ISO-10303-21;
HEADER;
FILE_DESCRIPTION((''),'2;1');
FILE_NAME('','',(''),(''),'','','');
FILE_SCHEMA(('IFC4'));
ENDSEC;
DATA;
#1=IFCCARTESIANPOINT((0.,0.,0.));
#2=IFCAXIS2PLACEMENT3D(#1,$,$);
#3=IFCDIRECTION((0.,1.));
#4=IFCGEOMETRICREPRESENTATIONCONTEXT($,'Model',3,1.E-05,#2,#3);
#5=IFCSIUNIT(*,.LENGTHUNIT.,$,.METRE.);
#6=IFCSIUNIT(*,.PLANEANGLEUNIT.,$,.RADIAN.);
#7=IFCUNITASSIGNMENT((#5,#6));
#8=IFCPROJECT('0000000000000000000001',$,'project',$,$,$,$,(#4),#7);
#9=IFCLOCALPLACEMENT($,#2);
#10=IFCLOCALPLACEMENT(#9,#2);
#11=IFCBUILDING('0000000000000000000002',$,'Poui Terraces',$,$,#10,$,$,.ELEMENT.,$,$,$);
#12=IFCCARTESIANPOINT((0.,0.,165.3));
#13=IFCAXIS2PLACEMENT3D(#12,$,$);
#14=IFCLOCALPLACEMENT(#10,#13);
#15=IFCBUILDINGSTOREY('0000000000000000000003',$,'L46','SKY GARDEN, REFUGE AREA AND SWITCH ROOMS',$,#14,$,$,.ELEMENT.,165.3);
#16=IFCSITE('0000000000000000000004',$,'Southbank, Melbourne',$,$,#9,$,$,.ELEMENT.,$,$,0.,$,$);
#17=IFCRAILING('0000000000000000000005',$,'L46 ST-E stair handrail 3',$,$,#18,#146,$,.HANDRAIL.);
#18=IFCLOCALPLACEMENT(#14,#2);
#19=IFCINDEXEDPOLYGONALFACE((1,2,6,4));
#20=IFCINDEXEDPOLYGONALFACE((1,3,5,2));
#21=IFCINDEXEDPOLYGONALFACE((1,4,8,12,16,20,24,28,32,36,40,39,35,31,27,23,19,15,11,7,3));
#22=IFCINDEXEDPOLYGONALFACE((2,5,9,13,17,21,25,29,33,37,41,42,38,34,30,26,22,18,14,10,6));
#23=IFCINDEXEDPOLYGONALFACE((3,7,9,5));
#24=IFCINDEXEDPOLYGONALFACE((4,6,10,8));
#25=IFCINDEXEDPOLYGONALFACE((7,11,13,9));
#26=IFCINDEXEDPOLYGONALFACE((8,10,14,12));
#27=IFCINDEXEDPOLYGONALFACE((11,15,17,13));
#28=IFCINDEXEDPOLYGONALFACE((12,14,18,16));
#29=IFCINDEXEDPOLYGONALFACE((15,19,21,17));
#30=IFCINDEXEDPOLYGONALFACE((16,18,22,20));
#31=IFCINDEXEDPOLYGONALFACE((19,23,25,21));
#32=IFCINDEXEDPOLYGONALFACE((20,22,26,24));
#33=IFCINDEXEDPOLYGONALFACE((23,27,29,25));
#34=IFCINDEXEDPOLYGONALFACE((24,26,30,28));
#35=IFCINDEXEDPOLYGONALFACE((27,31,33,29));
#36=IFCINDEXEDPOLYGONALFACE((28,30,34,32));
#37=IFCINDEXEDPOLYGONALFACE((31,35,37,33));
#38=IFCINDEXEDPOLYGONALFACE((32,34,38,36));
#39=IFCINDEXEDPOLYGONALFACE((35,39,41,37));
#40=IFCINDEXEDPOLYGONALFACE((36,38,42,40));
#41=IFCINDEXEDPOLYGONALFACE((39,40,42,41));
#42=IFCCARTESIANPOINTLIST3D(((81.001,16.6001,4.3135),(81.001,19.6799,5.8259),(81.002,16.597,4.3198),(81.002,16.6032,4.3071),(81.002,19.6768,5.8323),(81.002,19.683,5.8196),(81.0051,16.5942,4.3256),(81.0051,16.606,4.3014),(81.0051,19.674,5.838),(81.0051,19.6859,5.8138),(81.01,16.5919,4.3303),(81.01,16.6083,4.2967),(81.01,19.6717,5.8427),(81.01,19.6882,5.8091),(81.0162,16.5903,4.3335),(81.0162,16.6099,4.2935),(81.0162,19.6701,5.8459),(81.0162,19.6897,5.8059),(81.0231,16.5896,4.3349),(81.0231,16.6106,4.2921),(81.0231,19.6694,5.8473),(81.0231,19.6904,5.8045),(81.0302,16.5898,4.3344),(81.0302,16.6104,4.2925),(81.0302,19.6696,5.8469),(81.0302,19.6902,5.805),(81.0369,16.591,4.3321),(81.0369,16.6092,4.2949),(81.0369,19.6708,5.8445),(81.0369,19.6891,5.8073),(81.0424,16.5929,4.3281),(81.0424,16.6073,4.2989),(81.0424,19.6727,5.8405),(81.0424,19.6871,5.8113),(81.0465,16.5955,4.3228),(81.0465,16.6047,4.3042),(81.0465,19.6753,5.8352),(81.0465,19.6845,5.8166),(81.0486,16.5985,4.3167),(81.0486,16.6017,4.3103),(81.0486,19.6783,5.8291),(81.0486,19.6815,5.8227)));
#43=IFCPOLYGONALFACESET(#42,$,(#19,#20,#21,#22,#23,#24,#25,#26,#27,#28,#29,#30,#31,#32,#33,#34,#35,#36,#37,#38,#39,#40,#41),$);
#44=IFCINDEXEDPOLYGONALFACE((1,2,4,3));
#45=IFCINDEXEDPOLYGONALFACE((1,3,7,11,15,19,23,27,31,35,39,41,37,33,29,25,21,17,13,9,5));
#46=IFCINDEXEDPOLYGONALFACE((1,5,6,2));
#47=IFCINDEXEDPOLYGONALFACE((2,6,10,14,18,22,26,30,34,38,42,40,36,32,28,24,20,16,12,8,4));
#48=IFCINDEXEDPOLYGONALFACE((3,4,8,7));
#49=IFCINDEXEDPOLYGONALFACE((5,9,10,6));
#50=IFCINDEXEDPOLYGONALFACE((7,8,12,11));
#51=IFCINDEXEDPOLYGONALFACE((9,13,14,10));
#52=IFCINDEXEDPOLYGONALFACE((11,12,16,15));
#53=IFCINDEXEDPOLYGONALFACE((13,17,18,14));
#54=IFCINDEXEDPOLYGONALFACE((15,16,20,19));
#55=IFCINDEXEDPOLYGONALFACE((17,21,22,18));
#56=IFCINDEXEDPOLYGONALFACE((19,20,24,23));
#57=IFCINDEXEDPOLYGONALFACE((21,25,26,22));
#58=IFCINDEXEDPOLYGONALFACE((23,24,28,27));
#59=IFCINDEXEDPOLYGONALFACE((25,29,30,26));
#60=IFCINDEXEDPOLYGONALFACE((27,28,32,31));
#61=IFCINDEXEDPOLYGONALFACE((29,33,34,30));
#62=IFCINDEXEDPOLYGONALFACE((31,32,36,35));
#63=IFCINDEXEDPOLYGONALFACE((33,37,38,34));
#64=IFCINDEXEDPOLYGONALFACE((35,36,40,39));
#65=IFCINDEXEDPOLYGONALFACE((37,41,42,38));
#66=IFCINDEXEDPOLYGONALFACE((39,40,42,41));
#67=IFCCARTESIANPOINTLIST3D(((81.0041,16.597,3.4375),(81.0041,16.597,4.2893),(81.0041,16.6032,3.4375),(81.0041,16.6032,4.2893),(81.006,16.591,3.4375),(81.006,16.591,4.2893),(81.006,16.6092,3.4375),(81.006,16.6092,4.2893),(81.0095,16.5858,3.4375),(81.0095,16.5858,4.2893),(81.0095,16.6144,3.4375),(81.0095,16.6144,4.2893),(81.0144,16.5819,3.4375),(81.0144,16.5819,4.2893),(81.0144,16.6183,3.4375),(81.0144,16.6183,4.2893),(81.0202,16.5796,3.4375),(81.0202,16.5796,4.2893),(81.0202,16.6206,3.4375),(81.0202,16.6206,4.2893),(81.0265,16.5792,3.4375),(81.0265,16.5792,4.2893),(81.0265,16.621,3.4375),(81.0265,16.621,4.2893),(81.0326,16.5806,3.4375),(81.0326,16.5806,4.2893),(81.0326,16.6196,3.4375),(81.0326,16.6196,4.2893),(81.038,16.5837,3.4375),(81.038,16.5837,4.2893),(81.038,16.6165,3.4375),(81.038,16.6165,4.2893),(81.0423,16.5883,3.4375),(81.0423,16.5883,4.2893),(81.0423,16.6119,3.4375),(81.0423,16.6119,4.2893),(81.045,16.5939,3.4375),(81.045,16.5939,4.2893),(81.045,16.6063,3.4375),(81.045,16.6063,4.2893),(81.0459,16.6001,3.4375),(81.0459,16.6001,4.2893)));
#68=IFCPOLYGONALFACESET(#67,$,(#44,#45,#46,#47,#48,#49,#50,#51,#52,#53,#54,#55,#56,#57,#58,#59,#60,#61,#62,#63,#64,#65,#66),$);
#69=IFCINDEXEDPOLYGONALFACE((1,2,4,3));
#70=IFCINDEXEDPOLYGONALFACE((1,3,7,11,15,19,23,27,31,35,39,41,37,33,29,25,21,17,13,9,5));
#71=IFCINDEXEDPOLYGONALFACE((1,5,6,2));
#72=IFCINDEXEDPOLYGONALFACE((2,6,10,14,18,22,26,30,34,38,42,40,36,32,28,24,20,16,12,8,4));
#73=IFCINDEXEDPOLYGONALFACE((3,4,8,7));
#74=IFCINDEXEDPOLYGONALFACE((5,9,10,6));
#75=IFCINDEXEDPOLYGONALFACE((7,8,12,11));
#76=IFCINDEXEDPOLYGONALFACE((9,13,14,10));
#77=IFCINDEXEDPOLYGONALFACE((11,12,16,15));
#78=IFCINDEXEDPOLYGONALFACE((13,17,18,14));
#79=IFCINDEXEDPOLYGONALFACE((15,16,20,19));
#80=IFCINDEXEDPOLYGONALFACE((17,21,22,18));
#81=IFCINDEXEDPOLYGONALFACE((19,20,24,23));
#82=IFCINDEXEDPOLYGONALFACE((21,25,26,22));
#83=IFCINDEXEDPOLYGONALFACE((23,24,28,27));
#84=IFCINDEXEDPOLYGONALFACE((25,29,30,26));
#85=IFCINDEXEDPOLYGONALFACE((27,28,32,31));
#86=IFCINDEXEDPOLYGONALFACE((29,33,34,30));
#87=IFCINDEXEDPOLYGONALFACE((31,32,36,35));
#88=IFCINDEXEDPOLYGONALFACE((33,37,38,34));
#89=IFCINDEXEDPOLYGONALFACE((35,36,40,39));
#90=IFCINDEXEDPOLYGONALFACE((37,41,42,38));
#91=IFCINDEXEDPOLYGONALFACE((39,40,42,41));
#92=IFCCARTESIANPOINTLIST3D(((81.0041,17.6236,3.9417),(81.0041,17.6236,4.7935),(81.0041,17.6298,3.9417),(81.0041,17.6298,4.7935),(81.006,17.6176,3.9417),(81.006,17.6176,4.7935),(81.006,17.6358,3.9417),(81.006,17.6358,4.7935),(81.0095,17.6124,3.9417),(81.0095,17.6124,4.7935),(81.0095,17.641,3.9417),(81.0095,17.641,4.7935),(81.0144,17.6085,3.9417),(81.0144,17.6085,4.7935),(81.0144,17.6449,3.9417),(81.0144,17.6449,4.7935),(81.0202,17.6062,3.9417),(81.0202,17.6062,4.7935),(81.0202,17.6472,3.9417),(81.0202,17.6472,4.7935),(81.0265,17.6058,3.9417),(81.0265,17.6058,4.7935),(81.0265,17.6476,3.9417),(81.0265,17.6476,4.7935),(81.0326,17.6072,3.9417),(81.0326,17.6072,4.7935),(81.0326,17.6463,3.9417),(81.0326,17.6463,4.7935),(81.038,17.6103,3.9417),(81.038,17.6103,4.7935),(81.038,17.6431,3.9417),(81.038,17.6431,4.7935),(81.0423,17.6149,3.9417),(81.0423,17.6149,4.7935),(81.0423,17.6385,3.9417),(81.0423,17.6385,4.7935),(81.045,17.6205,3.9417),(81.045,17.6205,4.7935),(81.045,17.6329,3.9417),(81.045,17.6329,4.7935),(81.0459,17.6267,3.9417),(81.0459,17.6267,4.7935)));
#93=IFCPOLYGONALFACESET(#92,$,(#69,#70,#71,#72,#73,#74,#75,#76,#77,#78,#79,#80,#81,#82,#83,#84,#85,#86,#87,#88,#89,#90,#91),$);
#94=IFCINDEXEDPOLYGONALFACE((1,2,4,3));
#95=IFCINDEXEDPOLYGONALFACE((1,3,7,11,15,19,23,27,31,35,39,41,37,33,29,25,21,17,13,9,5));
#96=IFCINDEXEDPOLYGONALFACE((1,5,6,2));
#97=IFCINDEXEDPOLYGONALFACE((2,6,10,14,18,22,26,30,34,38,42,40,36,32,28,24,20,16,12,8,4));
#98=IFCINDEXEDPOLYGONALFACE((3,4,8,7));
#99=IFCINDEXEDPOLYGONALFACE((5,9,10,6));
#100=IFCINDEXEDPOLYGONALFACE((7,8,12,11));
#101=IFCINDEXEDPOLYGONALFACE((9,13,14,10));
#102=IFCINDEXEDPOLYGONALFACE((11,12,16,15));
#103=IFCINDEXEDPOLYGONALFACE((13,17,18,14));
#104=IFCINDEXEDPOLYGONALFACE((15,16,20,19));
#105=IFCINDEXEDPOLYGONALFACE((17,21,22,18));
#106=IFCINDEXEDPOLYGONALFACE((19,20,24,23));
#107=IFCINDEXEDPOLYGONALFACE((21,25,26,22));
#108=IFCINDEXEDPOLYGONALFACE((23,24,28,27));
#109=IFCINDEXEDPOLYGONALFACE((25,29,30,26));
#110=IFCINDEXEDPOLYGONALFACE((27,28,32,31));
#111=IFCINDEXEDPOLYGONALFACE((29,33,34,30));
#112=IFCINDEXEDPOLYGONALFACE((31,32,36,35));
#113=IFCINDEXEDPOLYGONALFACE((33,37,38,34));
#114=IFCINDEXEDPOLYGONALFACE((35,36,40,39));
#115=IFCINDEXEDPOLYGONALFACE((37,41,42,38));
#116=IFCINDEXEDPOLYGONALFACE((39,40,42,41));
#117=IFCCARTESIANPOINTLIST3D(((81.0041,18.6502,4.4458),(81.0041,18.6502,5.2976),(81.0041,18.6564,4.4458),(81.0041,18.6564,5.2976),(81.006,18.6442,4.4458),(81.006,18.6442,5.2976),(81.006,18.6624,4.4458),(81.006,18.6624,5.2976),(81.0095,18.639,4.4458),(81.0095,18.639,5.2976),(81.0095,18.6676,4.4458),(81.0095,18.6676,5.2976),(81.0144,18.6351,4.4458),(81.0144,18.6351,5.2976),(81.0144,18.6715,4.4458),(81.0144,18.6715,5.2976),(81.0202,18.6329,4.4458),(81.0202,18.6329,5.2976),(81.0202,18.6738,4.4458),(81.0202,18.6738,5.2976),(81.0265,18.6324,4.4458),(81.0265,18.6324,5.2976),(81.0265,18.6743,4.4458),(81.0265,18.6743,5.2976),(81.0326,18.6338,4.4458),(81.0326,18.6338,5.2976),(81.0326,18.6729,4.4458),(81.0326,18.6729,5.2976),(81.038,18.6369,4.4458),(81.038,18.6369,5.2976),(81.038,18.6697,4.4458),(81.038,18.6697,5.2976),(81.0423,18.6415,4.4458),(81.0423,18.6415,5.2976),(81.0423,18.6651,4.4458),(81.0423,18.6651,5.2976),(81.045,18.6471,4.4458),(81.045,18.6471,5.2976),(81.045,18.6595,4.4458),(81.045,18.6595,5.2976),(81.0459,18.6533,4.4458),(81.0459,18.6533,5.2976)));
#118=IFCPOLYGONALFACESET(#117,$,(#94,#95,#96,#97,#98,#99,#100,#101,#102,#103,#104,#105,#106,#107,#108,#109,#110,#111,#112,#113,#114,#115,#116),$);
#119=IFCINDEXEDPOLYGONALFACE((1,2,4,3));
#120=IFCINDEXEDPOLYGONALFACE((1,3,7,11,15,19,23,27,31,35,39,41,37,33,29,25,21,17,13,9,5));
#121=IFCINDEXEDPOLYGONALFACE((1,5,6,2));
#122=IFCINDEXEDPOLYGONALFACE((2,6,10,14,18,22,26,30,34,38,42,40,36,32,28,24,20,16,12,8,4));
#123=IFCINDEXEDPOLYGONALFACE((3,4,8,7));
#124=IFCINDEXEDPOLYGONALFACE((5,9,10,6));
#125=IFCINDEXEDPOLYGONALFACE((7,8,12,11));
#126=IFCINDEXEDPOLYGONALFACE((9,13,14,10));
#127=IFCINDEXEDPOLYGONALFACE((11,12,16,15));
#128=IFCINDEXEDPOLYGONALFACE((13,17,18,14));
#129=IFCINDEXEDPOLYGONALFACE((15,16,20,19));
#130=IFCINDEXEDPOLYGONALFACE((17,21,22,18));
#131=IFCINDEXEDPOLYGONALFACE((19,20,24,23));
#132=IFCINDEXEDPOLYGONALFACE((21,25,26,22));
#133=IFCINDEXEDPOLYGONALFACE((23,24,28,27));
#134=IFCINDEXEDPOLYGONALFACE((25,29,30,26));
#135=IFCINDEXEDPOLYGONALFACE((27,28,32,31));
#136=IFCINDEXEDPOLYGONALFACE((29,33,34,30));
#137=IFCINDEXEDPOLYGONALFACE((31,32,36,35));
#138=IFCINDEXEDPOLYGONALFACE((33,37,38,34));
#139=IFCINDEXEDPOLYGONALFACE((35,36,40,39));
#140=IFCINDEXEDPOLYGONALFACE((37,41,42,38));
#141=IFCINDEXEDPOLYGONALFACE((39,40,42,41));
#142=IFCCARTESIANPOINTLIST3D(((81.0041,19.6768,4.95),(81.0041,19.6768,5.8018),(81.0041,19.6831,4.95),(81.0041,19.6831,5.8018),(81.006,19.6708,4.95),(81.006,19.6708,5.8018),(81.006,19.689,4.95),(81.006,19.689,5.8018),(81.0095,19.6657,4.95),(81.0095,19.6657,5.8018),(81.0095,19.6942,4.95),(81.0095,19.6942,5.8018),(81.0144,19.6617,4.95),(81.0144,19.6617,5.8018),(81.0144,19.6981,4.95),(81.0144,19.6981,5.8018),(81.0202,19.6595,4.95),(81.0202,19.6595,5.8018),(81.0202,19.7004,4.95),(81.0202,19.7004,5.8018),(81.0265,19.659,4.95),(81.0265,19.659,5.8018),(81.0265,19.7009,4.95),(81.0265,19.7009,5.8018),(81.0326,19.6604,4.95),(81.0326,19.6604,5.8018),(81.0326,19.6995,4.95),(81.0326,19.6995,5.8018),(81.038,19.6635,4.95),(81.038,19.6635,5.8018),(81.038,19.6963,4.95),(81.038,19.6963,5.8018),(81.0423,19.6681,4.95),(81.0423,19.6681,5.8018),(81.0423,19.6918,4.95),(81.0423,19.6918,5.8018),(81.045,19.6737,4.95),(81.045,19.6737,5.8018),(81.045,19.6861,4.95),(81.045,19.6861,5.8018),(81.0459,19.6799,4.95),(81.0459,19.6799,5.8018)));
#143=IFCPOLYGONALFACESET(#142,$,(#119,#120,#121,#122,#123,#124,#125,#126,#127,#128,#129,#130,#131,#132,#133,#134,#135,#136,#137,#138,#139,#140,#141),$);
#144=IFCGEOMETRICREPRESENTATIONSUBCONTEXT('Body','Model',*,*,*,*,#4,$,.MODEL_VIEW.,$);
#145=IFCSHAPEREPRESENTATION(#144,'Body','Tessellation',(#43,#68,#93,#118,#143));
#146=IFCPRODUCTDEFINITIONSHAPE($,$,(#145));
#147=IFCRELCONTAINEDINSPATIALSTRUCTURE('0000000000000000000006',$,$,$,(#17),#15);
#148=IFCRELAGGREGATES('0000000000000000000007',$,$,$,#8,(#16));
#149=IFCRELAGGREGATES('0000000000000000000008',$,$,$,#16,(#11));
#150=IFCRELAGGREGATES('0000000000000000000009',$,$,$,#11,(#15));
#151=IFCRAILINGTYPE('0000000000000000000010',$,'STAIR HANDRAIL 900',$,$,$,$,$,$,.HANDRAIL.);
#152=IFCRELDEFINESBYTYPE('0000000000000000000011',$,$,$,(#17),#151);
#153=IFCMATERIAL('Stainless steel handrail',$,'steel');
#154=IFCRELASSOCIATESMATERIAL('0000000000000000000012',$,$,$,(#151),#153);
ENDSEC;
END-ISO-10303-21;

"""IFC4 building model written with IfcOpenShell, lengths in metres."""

from ifc_helpers import new_model, si_unit, direction, frame, origin, origin_2d, place, context, subcontext, project, spatial, circle, extrude, material, type_object, element, save


model = new_model("IFC4")

# Units and contexts
model_context = context("Model", 3, precision=1e-05, world=origin(), true_north=direction((0.0, 1.0)))
body_context = subcontext(model_context, "Body", "Model", "MODEL_VIEW")
ifc_project = project(units=[si_unit("LENGTHUNIT", "METRE"), si_unit("PLANEANGLEUNIT", "RADIAN")], contexts=[model_context])

# Site, building, storey
site_placement = place(None, origin())
site = spatial("IfcSite", under=ifc_project, at=site_placement, Name="Southbank, Melbourne", CompositionType="ELEMENT", RefElevation=0.0)
building_placement = place(site_placement, origin())
building = spatial("IfcBuilding", under=site, at=building_placement, Name="Poui Terraces", CompositionType="ELEMENT")
storey_placement = place(building_placement, frame((0.0, 0.0, 165.3)))
storey = spatial("IfcBuildingStorey", under=building, at=storey_placement, Name="L46", Description="SKY GARDEN, REFUGE AREA AND SWITCH ROOMS", CompositionType="ELEMENT", Elevation=165.3)

# Railing
ifc_material_1 = material(Name="Stainless steel handrail", Category="steel")
railing_type_1 = type_object("IfcRailingType", Name="STAIR HANDRAIL 900", PredefinedType="HANDRAIL", material=ifc_material_1)
railing_1_placement = place(storey_placement, frame((81.0249, 16.6001, 3.4375)))
element("IfcRailing", 1, at=railing_1_placement, inside=storey, type_object=railing_type_1, Name="L46 ST-E stair handrail 3", PredefinedType="HANDRAIL", context=body_context, shape_type="SweptSolid", body=[
    extrude(circle(Radius=0.0239, at=origin_2d()), frame((0.0, 0.0, 0.876), z_axis=(0.0, 0.897606, 0.440798), x_axis=(-1.0, 0.0, 0.0)), (0.0, 0.0, 1.0), 3.4312),
    extrude(circle(Radius=0.021, at=origin_2d()), origin(), (0.0, 0.0, 1.0), 0.8518),
    extrude(circle(Radius=0.021, at=origin_2d()), frame((0.0, 1.0266, 0.5042)), (0.0, 0.0, 1.0), 0.8518),
    extrude(circle(Radius=0.021, at=origin_2d()), frame((0.0, 2.0532, 1.0083)), (0.0, 0.0, 1.0), 0.8518),
    extrude(circle(Radius=0.021, at=origin_2d()), frame((0.0, 3.0798, 1.5125)), (0.0, 0.0, 1.0), 0.8518),
])

save(model, "model.ifc")
